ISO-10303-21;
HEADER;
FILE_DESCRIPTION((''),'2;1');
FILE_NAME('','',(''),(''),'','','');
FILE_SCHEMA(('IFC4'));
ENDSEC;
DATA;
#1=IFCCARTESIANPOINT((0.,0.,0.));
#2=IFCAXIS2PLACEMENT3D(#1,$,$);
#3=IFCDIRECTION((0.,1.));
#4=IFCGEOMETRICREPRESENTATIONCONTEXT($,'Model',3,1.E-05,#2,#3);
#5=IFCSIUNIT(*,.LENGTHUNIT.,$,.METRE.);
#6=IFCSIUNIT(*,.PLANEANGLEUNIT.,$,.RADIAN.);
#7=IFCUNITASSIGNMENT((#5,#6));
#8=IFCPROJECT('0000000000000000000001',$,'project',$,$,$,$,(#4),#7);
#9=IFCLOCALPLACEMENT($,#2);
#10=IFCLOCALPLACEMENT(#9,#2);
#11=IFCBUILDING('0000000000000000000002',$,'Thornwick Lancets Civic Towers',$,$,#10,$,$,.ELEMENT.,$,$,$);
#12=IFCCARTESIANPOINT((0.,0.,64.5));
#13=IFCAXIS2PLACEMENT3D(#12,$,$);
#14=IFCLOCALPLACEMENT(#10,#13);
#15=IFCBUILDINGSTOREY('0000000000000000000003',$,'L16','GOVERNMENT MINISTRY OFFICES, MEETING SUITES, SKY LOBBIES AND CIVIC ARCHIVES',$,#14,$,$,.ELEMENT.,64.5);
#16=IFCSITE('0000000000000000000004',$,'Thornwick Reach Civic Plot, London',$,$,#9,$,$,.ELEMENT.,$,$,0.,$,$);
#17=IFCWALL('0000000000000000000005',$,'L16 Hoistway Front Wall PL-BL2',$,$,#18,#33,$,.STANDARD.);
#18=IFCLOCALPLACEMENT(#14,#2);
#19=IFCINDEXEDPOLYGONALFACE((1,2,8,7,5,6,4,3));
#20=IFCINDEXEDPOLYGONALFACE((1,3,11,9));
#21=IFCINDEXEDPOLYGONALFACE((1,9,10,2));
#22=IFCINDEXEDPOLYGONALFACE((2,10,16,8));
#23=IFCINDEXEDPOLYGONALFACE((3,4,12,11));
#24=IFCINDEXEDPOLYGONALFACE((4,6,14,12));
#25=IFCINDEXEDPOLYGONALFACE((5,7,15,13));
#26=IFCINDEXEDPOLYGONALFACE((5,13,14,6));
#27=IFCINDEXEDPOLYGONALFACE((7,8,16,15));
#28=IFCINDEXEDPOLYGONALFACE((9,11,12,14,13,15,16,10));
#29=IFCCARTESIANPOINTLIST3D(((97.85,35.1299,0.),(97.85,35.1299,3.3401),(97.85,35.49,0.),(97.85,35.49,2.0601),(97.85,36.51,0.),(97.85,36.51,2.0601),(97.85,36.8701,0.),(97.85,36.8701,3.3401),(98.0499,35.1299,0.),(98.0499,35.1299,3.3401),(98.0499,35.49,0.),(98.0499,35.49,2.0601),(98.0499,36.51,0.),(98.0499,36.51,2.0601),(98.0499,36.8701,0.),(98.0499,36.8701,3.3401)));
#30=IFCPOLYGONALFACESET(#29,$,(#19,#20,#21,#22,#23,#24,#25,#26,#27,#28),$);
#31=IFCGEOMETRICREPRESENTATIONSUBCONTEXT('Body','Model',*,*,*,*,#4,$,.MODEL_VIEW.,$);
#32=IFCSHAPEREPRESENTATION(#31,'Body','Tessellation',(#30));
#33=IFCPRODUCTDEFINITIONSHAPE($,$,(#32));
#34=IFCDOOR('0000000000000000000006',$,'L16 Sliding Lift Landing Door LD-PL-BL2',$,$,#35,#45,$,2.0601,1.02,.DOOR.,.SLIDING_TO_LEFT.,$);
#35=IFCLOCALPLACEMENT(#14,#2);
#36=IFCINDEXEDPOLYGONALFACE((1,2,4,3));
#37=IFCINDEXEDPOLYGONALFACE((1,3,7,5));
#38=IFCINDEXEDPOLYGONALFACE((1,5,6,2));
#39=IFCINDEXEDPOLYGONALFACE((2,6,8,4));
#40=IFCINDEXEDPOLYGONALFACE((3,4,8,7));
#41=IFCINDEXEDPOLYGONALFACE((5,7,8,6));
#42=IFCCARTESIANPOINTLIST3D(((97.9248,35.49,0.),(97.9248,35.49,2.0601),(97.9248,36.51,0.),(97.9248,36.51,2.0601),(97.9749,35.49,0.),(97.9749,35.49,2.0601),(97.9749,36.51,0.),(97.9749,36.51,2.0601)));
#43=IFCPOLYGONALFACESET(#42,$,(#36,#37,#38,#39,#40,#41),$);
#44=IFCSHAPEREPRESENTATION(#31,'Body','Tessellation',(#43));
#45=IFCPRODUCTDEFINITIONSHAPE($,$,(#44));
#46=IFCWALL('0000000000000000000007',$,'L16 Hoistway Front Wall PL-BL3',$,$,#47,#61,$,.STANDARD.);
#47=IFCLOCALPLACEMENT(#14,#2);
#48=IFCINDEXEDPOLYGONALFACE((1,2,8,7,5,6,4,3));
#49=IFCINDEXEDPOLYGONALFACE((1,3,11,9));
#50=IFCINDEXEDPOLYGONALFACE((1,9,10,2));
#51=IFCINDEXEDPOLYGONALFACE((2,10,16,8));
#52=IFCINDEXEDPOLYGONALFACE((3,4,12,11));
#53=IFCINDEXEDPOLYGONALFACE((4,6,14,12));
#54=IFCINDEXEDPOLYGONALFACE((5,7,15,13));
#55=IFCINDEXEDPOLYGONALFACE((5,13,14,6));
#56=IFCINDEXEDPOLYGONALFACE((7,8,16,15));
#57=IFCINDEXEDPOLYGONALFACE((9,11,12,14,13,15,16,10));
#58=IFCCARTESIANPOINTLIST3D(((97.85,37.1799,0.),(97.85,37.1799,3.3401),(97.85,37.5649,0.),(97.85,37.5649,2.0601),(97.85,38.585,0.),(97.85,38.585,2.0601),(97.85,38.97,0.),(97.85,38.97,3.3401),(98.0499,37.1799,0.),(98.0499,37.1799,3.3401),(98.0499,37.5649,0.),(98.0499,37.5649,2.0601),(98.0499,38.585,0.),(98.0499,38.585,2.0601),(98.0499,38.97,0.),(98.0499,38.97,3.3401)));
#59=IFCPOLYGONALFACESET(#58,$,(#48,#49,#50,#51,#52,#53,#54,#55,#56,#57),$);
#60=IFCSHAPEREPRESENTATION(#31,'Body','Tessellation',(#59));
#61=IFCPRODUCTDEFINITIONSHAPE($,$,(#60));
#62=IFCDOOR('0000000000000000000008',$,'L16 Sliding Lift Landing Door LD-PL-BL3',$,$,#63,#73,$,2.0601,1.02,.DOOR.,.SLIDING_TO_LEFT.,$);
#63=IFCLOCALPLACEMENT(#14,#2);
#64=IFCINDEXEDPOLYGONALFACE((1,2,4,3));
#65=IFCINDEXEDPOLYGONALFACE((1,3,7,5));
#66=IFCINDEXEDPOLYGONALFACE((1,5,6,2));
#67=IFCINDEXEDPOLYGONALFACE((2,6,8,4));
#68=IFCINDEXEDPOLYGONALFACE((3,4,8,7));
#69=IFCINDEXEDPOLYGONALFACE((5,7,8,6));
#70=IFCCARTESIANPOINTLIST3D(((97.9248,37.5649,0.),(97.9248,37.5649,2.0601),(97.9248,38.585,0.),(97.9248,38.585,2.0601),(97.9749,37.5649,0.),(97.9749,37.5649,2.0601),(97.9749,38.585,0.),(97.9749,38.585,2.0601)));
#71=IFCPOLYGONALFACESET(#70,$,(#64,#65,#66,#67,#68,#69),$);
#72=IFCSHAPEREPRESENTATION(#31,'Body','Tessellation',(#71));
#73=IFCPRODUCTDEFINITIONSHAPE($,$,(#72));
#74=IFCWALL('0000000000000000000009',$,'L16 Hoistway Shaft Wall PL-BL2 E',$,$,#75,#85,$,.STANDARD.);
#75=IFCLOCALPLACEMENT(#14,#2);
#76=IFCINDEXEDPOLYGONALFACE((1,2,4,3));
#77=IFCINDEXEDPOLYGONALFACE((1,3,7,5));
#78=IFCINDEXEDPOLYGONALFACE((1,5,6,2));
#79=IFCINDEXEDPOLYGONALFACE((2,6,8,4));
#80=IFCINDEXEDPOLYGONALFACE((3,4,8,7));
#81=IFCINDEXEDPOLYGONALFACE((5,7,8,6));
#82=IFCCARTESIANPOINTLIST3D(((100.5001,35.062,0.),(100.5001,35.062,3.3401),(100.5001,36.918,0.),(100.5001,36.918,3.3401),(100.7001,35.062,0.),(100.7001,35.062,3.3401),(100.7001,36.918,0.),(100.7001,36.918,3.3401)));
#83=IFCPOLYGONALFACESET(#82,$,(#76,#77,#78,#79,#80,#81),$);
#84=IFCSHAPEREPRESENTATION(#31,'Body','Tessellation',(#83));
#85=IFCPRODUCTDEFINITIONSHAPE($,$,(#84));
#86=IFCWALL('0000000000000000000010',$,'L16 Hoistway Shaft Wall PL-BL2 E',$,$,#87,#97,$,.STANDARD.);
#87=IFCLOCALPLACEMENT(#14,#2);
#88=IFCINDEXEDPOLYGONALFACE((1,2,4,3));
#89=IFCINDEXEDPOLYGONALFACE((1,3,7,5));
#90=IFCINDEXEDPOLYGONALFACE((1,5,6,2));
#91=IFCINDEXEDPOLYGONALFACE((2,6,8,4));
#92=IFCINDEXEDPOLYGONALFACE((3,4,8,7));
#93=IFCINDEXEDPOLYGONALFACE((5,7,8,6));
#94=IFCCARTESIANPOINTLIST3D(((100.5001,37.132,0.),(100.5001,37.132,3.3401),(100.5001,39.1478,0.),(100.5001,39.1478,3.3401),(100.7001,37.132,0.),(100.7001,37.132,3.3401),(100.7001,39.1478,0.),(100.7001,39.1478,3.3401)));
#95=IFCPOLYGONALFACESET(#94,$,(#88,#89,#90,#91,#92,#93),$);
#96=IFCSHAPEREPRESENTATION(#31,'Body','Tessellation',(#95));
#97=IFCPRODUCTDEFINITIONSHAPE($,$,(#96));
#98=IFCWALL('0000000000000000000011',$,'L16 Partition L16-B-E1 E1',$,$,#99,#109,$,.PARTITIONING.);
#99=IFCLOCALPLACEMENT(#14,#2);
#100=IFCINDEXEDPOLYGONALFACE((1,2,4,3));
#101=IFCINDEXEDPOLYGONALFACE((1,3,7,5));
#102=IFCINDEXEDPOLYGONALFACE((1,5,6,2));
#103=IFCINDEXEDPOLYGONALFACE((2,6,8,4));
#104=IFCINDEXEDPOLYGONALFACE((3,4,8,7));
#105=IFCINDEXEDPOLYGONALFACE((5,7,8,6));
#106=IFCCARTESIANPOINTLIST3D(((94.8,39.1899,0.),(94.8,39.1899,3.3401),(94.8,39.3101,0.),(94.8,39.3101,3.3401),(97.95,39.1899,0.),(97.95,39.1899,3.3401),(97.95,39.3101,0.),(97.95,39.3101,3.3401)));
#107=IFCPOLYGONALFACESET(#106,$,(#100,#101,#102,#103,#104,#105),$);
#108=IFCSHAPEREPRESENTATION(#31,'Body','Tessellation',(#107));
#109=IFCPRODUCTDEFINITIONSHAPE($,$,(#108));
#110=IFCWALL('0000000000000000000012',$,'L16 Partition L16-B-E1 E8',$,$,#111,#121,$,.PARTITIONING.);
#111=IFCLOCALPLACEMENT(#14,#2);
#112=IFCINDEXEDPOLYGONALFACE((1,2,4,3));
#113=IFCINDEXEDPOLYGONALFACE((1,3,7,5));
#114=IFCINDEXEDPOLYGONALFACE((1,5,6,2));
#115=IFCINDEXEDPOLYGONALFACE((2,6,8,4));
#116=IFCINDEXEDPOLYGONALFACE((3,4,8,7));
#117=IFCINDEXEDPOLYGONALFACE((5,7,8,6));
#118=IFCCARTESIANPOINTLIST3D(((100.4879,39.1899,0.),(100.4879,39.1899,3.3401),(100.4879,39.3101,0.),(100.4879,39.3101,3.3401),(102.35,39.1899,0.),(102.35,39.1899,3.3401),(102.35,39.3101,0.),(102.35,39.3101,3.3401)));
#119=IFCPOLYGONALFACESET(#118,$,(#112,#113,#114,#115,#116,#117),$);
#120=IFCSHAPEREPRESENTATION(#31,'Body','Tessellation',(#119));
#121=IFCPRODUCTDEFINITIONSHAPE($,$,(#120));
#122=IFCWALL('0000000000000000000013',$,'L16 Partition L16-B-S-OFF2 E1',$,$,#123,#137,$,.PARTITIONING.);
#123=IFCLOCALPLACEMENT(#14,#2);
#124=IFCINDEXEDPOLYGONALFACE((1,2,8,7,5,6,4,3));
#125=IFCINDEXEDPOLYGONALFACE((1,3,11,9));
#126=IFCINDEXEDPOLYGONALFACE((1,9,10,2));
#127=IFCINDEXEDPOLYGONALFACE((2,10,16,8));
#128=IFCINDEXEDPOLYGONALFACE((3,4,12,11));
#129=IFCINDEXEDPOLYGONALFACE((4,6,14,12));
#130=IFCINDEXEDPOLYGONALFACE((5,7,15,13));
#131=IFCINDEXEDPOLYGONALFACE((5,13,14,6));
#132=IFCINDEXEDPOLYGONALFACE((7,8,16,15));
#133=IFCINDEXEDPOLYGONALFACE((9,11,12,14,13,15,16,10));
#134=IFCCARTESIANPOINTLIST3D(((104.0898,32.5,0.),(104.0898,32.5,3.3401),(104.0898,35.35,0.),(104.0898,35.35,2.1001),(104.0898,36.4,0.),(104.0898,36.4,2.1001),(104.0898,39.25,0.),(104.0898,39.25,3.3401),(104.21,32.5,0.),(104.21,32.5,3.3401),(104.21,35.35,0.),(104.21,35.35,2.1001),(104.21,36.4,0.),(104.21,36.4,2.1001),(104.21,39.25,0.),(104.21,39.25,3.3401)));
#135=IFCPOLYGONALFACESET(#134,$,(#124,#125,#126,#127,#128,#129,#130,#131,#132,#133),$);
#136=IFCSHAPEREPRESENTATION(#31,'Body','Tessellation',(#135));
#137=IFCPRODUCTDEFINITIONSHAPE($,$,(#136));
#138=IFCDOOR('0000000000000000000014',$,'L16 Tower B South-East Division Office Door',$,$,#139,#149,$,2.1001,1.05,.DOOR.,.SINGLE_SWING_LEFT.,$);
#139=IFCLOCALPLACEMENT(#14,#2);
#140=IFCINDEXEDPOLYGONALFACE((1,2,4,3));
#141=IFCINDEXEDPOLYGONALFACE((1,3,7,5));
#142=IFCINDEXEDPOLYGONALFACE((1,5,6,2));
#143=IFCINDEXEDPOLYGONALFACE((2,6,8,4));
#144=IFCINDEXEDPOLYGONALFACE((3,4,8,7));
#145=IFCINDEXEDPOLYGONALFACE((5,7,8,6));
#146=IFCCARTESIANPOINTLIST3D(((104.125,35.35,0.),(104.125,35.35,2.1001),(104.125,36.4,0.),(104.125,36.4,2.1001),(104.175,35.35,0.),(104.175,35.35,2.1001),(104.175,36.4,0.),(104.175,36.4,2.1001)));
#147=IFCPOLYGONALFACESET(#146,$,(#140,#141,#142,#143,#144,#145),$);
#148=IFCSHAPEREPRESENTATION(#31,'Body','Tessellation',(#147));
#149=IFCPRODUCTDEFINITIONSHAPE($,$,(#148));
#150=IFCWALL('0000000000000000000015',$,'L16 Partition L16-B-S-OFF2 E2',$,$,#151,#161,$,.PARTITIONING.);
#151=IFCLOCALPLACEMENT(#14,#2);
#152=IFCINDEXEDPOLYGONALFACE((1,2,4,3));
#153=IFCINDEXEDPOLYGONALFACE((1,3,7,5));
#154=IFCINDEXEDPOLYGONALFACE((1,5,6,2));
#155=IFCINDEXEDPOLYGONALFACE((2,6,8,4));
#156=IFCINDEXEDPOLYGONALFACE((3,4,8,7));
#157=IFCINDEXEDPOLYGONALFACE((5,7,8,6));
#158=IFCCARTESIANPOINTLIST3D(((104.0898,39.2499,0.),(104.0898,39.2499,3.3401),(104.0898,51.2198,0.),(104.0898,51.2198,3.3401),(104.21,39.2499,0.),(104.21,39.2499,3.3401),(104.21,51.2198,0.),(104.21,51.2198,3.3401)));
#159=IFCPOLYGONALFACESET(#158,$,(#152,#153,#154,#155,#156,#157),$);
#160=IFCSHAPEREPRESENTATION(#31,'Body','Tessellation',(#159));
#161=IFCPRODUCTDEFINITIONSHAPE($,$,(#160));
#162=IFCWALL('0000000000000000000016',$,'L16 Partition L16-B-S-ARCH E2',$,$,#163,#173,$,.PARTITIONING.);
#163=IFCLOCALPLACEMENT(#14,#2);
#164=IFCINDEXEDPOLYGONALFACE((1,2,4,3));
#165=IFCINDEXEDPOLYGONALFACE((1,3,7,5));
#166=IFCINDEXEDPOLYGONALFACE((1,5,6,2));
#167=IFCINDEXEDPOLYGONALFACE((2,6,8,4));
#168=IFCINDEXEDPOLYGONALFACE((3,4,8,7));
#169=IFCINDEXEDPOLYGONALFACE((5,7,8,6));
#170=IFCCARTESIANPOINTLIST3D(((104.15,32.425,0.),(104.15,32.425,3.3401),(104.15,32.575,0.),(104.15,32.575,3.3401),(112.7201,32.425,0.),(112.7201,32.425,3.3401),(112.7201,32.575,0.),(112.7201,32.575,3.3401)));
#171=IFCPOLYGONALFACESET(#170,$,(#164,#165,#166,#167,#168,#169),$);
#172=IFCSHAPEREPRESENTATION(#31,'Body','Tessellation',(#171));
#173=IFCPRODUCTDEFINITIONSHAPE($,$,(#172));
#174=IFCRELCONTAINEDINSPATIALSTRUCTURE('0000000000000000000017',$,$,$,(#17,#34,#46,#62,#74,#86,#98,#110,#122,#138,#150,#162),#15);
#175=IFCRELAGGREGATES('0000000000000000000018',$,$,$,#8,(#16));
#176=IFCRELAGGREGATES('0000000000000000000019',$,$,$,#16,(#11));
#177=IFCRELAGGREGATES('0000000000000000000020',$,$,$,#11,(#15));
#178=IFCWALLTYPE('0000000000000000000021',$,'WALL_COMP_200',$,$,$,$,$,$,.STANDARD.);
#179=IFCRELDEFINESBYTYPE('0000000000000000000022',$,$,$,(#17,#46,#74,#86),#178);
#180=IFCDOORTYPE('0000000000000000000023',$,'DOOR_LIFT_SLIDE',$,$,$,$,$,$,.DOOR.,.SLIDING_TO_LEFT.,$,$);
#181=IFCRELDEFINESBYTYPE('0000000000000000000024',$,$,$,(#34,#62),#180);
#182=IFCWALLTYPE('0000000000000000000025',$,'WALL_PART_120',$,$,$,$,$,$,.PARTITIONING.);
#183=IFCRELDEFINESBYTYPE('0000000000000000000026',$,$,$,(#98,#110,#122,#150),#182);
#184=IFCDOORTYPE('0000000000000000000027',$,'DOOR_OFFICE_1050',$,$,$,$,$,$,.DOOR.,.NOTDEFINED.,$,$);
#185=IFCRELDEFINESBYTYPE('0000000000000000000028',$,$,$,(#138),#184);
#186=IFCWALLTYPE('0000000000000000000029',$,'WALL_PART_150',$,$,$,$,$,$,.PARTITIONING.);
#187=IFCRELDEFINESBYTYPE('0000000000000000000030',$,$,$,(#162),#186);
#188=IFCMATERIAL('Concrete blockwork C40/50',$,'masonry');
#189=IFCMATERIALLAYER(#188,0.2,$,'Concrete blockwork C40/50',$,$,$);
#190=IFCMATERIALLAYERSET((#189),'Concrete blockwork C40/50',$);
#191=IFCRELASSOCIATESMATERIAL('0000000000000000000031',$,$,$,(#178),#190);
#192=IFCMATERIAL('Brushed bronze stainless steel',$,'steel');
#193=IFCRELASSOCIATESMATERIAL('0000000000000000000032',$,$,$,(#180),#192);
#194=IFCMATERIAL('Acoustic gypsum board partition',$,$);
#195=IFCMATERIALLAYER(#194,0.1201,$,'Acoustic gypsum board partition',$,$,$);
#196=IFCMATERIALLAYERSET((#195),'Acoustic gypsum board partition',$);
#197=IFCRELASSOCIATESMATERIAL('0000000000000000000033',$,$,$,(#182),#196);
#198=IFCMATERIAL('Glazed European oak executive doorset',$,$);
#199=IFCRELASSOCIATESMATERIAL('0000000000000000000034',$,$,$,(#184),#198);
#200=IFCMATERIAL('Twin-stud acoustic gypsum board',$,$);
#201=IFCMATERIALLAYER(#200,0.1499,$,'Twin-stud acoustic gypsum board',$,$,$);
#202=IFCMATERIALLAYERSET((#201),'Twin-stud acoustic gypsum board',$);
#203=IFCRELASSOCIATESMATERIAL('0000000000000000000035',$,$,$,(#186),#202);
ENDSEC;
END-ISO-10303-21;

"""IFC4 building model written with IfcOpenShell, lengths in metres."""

from ifc_helpers import new_model, si_unit, direction, frame, frame_2d, origin, place, context, subcontext, project, spatial, rectangle, extrude, material, layer, layer_set, type_object, element, fill, save


model = new_model("IFC4")

# Units and contexts
model_context = context("Model", 3, precision=1e-05, world=origin(), true_north=direction((0.0, 1.0)))
body_context = subcontext(model_context, "Body", "Model", "MODEL_VIEW")
ifc_project = project(units=[si_unit("LENGTHUNIT", "METRE"), si_unit("PLANEANGLEUNIT", "RADIAN")], contexts=[model_context])

# Site, building, storey
site_placement = place(None, origin())
site = spatial("IfcSite", under=ifc_project, at=site_placement, Name="Thornwick Reach Civic Plot, London", CompositionType="ELEMENT", RefElevation=0.0)
building_placement = place(site_placement, origin())
building = spatial("IfcBuilding", under=site, at=building_placement, Name="Thornwick Lancets Civic Towers", CompositionType="ELEMENT")
storey_placement = place(building_placement, frame((0.0, 0.0, 64.5)))
storey = spatial("IfcBuildingStorey", under=building, at=storey_placement, Name="L16", Description="GOVERNMENT MINISTRY OFFICES, MEETING SUITES, SKY LOBBIES AND CIVIC ARCHIVES", CompositionType="ELEMENT", Elevation=64.5)

# Walls, openings, doors
ifc_material_1 = material(Name="Concrete blockwork C40/50", Category="masonry")
ifc_layer_1 = layer(ifc_material_1, 0.2, Name="Concrete blockwork C40/50")
ifc_layer_set_1 = layer_set([ifc_layer_1], Name="Concrete blockwork C40/50")
wall_type_1 = type_object("IfcWallType", Name="WALL_COMP_200", PredefinedType="STANDARD", material=ifc_layer_set_1)
ifc_material_2 = material(Name="Brushed bronze stainless steel", Category="steel")
door_type_1 = type_object("IfcDoorType", Name="DOOR_LIFT_SLIDE", OperationType="SLIDING_TO_LEFT", PredefinedType="DOOR", material=ifc_material_2)
wall_1_placement = place(storey_placement, frame((97.95, 36.8701, 0.0), z_axis=(0.0, 0.0, 1.0), x_axis=(0.0, -1.0, 0.0)))
wall_1 = element("IfcWall", 1, at=wall_1_placement, inside=storey, type_object=wall_type_1, Name="L16 Hoistway Front Wall PL-BL2", PredefinedType="STANDARD", context=body_context, shape_type="SweptSolid", body=[
    extrude(rectangle(XDim=1.7402, YDim=0.2, at=frame_2d((0.8701, 0.0))), origin(), (0.0, 0.0, 1.0), 3.3401),
])
opening_1_placement = place(wall_1_placement, frame((0.3601, 0.0, 0.0)))
opening_1 = element("IfcOpeningElement", 2, at=opening_1_placement, cuts=wall_1, PredefinedType="OPENING", context=body_context, shape_type="SweptSolid", body=[
    extrude(rectangle(XDim=1.02, YDim=2.0601, at=frame_2d((0.51, 1.03))), frame((0.0, 0.1099, 0.0), z_axis=(0.0, -1.0, 0.0), x_axis=(1.0, 0.0, 0.0)), (0.0, 0.0, 1.0), 0.22),
])
door_1_placement = place(opening_1_placement, origin())
door_1 = element("IfcDoor", 3, at=door_1_placement, inside=storey, type_object=door_type_1, Name="L16 Sliding Lift Landing Door LD-PL-BL2", OperationType="SLIDING_TO_LEFT", OverallHeight=2.0601, OverallWidth=1.02, PredefinedType="DOOR", context=body_context, shape_type="SweptSolid", body=[
    extrude(rectangle(XDim=1.02, YDim=2.0601, at=frame_2d((0.51, 1.03))), frame((0.0, 0.0249, 0.0), z_axis=(0.0, -1.0, 0.0), x_axis=(1.0, 0.0, 0.0)), (0.0, 0.0, 1.0), 0.05),
])
fill(opening_1, door_1)
wall_2_placement = place(storey_placement, frame((97.95, 38.97, 0.0), z_axis=(0.0, 0.0, 1.0), x_axis=(0.0, -1.0, 0.0)))
wall_2 = element("IfcWall", 4, at=wall_2_placement, inside=storey, type_object=wall_type_1, Name="L16 Hoistway Front Wall PL-BL3", PredefinedType="STANDARD", context=body_context, shape_type="SweptSolid", body=[
    extrude(rectangle(XDim=1.79, YDim=0.2, at=frame_2d((0.895, 0.0))), origin(), (0.0, 0.0, 1.0), 3.3401),
])
opening_2_placement = place(wall_2_placement, frame((0.385, 0.0, 0.0)))
opening_2 = element("IfcOpeningElement", 5, at=opening_2_placement, cuts=wall_2, PredefinedType="OPENING", context=body_context, shape_type="SweptSolid", body=[
    extrude(rectangle(XDim=1.02, YDim=2.0601, at=frame_2d((0.51, 1.03))), frame((0.0, 0.1099, 0.0), z_axis=(0.0, -1.0, 0.0), x_axis=(1.0, 0.0, 0.0)), (0.0, 0.0, 1.0), 0.22),
])
door_2_placement = place(opening_2_placement, origin())
door_2 = element("IfcDoor", 6, at=door_2_placement, inside=storey, type_object=door_type_1, Name="L16 Sliding Lift Landing Door LD-PL-BL3", OperationType="SLIDING_TO_LEFT", OverallHeight=2.0601, OverallWidth=1.02, PredefinedType="DOOR", context=body_context, shape_type="SweptSolid", body=[
    extrude(rectangle(XDim=1.02, YDim=2.0601, at=frame_2d((0.51, 1.03))), frame((0.0, 0.0249, 0.0), z_axis=(0.0, -1.0, 0.0), x_axis=(1.0, 0.0, 0.0)), (0.0, 0.0, 1.0), 0.05),
])
fill(opening_2, door_2)

# Walls
wall_3_placement = place(storey_placement, frame((100.6001, 35.062, 0.0), z_axis=(0.0, 0.0, 1.0), x_axis=(0.0, 1.0, 0.0)))
element("IfcWall", 7, at=wall_3_placement, inside=storey, type_object=wall_type_1, Name="L16 Hoistway Shaft Wall PL-BL2 E", PredefinedType="STANDARD", context=body_context, shape_type="SweptSolid", body=[
    extrude(rectangle(XDim=1.856, YDim=0.2, at=frame_2d((0.928, 0.0))), origin(), (0.0, 0.0, 1.0), 3.3401),
])
wall_4_placement = place(storey_placement, frame((100.6001, 37.1321, 0.0), z_axis=(0.0, 0.0, 1.0), x_axis=(0.0, 1.0, 0.0)))
element("IfcWall", 8, at=wall_4_placement, inside=storey, type_object=wall_type_1, Name="L16 Hoistway Shaft Wall PL-BL2 E", PredefinedType="STANDARD", context=body_context, shape_type="SweptSolid", body=[
    extrude(rectangle(XDim=2.0159, YDim=0.2, at=frame_2d((1.0078, 0.0))), origin(), (0.0, 0.0, 1.0), 3.3401),
])
ifc_material_3 = material(Name="Acoustic gypsum board partition")
ifc_layer_2 = layer(ifc_material_3, 0.1201, Name="Acoustic gypsum board partition")
ifc_layer_set_2 = layer_set([ifc_layer_2], Name="Acoustic gypsum board partition")
wall_type_2 = type_object("IfcWallType", Name="WALL_PART_120", PredefinedType="PARTITIONING", material=ifc_layer_set_2)
wall_5_placement = place(storey_placement, frame((97.95, 39.25, 0.0), z_axis=(0.0, 0.0, 1.0), x_axis=(-1.0, 0.0, 0.0)))
element("IfcWall", 9, at=wall_5_placement, inside=storey, type_object=wall_type_2, Name="L16 Partition L16-B-E1 E1", PredefinedType="PARTITIONING", context=body_context, shape_type="SweptSolid", body=[
    extrude(rectangle(XDim=3.1499, YDim=0.1201, at=frame_2d((1.575, 0.0))), origin(), (0.0, 0.0, 1.0), 3.3401),
])
wall_6_placement = place(storey_placement, frame((102.3501, 39.25, 0.0), z_axis=(0.0, 0.0, 1.0), x_axis=(-1.0, 0.0, 0.0)))
element("IfcWall", 10, at=wall_6_placement, inside=storey, type_object=wall_type_2, Name="L16 Partition L16-B-E1 E8", PredefinedType="PARTITIONING", context=body_context, shape_type="SweptSolid", body=[
    extrude(rectangle(XDim=1.8621, YDim=0.1201, at=frame_2d((0.9312, 0.0))), origin(), (0.0, 0.0, 1.0), 3.3401),
])

# Wall, opening, door
wall_7_placement = place(storey_placement, frame((104.1499, 32.5, 0.0), z_axis=(0.0, 0.0, 1.0), x_axis=(0.0, 1.0, 0.0)))
wall_7 = element("IfcWall", 11, at=wall_7_placement, inside=storey, type_object=wall_type_2, Name="L16 Partition L16-B-S-OFF2 E1", PredefinedType="PARTITIONING", context=body_context, shape_type="SweptSolid", body=[
    extrude(rectangle(XDim=6.75, YDim=0.1201, at=frame_2d((3.375, 0.0))), origin(), (0.0, 0.0, 1.0), 3.3401),
])
opening_3_placement = place(wall_7_placement, frame((2.8501, 0.0, 0.0)))
opening_3 = element("IfcOpeningElement", 12, at=opening_3_placement, cuts=wall_7, PredefinedType="OPENING", context=body_context, shape_type="SweptSolid", body=[
    extrude(rectangle(XDim=1.05, YDim=2.1001, at=frame_2d((0.5249, 1.05))), frame((0.0, 0.0701, 0.0), z_axis=(0.0, -1.0, 0.0), x_axis=(1.0, 0.0, 0.0)), (0.0, 0.0, 1.0), 0.1401),
])
ifc_material_4 = material(Name="Glazed European oak executive doorset")
door_type_2 = type_object("IfcDoorType", Name="DOOR_OFFICE_1050", OperationType="NOTDEFINED", PredefinedType="DOOR", material=ifc_material_4)
door_3_placement = place(opening_3_placement, origin())
door_3 = element("IfcDoor", 13, at=door_3_placement, inside=storey, type_object=door_type_2, Name="L16 Tower B South-East Division Office Door", OperationType="SINGLE_SWING_LEFT", OverallHeight=2.1001, OverallWidth=1.05, PredefinedType="DOOR", context=body_context, shape_type="SweptSolid", body=[
    extrude(rectangle(XDim=1.05, YDim=2.1001, at=frame_2d((0.5249, 1.05))), frame((0.0, 0.0249, 0.0), z_axis=(0.0, -1.0, 0.0), x_axis=(1.0, 0.0, 0.0)), (0.0, 0.0, 1.0), 0.05),
])
fill(opening_3, door_3)

# Walls
wall_8_placement = place(storey_placement, frame((104.1499, 39.25, 0.0), z_axis=(0.0, 0.0, 1.0), x_axis=(0.0, 1.0, 0.0)))
element("IfcWall", 14, at=wall_8_placement, inside=storey, type_object=wall_type_2, Name="L16 Partition L16-B-S-OFF2 E2", PredefinedType="PARTITIONING", context=body_context, shape_type="SweptSolid", body=[
    extrude(rectangle(XDim=11.97, YDim=0.1201, at=frame_2d((5.9849, 0.0))), origin(), (0.0, 0.0, 1.0), 3.3401),
])
ifc_material_5 = material(Name="Twin-stud acoustic gypsum board")
ifc_layer_3 = layer(ifc_material_5, 0.1499, Name="Twin-stud acoustic gypsum board")
ifc_layer_set_3 = layer_set([ifc_layer_3], Name="Twin-stud acoustic gypsum board")
wall_type_3 = type_object("IfcWallType", Name="WALL_PART_150", PredefinedType="PARTITIONING", material=ifc_layer_set_3)
wall_9_placement = place(storey_placement, frame((104.1499, 32.5, 0.0), z_axis=(0.0, 0.0, 1.0), x_axis=(1.0, 0.0, 0.0)))
element("IfcWall", 15, at=wall_9_placement, inside=storey, type_object=wall_type_3, Name="L16 Partition L16-B-S-ARCH E2", PredefinedType="PARTITIONING", context=body_context, shape_type="SweptSolid", body=[
    extrude(rectangle(XDim=8.5701, YDim=0.1499, at=frame_2d((4.2852, 0.0))), origin(), (0.0, 0.0, 1.0), 3.3401),
])

save(model, "model.ifc")
